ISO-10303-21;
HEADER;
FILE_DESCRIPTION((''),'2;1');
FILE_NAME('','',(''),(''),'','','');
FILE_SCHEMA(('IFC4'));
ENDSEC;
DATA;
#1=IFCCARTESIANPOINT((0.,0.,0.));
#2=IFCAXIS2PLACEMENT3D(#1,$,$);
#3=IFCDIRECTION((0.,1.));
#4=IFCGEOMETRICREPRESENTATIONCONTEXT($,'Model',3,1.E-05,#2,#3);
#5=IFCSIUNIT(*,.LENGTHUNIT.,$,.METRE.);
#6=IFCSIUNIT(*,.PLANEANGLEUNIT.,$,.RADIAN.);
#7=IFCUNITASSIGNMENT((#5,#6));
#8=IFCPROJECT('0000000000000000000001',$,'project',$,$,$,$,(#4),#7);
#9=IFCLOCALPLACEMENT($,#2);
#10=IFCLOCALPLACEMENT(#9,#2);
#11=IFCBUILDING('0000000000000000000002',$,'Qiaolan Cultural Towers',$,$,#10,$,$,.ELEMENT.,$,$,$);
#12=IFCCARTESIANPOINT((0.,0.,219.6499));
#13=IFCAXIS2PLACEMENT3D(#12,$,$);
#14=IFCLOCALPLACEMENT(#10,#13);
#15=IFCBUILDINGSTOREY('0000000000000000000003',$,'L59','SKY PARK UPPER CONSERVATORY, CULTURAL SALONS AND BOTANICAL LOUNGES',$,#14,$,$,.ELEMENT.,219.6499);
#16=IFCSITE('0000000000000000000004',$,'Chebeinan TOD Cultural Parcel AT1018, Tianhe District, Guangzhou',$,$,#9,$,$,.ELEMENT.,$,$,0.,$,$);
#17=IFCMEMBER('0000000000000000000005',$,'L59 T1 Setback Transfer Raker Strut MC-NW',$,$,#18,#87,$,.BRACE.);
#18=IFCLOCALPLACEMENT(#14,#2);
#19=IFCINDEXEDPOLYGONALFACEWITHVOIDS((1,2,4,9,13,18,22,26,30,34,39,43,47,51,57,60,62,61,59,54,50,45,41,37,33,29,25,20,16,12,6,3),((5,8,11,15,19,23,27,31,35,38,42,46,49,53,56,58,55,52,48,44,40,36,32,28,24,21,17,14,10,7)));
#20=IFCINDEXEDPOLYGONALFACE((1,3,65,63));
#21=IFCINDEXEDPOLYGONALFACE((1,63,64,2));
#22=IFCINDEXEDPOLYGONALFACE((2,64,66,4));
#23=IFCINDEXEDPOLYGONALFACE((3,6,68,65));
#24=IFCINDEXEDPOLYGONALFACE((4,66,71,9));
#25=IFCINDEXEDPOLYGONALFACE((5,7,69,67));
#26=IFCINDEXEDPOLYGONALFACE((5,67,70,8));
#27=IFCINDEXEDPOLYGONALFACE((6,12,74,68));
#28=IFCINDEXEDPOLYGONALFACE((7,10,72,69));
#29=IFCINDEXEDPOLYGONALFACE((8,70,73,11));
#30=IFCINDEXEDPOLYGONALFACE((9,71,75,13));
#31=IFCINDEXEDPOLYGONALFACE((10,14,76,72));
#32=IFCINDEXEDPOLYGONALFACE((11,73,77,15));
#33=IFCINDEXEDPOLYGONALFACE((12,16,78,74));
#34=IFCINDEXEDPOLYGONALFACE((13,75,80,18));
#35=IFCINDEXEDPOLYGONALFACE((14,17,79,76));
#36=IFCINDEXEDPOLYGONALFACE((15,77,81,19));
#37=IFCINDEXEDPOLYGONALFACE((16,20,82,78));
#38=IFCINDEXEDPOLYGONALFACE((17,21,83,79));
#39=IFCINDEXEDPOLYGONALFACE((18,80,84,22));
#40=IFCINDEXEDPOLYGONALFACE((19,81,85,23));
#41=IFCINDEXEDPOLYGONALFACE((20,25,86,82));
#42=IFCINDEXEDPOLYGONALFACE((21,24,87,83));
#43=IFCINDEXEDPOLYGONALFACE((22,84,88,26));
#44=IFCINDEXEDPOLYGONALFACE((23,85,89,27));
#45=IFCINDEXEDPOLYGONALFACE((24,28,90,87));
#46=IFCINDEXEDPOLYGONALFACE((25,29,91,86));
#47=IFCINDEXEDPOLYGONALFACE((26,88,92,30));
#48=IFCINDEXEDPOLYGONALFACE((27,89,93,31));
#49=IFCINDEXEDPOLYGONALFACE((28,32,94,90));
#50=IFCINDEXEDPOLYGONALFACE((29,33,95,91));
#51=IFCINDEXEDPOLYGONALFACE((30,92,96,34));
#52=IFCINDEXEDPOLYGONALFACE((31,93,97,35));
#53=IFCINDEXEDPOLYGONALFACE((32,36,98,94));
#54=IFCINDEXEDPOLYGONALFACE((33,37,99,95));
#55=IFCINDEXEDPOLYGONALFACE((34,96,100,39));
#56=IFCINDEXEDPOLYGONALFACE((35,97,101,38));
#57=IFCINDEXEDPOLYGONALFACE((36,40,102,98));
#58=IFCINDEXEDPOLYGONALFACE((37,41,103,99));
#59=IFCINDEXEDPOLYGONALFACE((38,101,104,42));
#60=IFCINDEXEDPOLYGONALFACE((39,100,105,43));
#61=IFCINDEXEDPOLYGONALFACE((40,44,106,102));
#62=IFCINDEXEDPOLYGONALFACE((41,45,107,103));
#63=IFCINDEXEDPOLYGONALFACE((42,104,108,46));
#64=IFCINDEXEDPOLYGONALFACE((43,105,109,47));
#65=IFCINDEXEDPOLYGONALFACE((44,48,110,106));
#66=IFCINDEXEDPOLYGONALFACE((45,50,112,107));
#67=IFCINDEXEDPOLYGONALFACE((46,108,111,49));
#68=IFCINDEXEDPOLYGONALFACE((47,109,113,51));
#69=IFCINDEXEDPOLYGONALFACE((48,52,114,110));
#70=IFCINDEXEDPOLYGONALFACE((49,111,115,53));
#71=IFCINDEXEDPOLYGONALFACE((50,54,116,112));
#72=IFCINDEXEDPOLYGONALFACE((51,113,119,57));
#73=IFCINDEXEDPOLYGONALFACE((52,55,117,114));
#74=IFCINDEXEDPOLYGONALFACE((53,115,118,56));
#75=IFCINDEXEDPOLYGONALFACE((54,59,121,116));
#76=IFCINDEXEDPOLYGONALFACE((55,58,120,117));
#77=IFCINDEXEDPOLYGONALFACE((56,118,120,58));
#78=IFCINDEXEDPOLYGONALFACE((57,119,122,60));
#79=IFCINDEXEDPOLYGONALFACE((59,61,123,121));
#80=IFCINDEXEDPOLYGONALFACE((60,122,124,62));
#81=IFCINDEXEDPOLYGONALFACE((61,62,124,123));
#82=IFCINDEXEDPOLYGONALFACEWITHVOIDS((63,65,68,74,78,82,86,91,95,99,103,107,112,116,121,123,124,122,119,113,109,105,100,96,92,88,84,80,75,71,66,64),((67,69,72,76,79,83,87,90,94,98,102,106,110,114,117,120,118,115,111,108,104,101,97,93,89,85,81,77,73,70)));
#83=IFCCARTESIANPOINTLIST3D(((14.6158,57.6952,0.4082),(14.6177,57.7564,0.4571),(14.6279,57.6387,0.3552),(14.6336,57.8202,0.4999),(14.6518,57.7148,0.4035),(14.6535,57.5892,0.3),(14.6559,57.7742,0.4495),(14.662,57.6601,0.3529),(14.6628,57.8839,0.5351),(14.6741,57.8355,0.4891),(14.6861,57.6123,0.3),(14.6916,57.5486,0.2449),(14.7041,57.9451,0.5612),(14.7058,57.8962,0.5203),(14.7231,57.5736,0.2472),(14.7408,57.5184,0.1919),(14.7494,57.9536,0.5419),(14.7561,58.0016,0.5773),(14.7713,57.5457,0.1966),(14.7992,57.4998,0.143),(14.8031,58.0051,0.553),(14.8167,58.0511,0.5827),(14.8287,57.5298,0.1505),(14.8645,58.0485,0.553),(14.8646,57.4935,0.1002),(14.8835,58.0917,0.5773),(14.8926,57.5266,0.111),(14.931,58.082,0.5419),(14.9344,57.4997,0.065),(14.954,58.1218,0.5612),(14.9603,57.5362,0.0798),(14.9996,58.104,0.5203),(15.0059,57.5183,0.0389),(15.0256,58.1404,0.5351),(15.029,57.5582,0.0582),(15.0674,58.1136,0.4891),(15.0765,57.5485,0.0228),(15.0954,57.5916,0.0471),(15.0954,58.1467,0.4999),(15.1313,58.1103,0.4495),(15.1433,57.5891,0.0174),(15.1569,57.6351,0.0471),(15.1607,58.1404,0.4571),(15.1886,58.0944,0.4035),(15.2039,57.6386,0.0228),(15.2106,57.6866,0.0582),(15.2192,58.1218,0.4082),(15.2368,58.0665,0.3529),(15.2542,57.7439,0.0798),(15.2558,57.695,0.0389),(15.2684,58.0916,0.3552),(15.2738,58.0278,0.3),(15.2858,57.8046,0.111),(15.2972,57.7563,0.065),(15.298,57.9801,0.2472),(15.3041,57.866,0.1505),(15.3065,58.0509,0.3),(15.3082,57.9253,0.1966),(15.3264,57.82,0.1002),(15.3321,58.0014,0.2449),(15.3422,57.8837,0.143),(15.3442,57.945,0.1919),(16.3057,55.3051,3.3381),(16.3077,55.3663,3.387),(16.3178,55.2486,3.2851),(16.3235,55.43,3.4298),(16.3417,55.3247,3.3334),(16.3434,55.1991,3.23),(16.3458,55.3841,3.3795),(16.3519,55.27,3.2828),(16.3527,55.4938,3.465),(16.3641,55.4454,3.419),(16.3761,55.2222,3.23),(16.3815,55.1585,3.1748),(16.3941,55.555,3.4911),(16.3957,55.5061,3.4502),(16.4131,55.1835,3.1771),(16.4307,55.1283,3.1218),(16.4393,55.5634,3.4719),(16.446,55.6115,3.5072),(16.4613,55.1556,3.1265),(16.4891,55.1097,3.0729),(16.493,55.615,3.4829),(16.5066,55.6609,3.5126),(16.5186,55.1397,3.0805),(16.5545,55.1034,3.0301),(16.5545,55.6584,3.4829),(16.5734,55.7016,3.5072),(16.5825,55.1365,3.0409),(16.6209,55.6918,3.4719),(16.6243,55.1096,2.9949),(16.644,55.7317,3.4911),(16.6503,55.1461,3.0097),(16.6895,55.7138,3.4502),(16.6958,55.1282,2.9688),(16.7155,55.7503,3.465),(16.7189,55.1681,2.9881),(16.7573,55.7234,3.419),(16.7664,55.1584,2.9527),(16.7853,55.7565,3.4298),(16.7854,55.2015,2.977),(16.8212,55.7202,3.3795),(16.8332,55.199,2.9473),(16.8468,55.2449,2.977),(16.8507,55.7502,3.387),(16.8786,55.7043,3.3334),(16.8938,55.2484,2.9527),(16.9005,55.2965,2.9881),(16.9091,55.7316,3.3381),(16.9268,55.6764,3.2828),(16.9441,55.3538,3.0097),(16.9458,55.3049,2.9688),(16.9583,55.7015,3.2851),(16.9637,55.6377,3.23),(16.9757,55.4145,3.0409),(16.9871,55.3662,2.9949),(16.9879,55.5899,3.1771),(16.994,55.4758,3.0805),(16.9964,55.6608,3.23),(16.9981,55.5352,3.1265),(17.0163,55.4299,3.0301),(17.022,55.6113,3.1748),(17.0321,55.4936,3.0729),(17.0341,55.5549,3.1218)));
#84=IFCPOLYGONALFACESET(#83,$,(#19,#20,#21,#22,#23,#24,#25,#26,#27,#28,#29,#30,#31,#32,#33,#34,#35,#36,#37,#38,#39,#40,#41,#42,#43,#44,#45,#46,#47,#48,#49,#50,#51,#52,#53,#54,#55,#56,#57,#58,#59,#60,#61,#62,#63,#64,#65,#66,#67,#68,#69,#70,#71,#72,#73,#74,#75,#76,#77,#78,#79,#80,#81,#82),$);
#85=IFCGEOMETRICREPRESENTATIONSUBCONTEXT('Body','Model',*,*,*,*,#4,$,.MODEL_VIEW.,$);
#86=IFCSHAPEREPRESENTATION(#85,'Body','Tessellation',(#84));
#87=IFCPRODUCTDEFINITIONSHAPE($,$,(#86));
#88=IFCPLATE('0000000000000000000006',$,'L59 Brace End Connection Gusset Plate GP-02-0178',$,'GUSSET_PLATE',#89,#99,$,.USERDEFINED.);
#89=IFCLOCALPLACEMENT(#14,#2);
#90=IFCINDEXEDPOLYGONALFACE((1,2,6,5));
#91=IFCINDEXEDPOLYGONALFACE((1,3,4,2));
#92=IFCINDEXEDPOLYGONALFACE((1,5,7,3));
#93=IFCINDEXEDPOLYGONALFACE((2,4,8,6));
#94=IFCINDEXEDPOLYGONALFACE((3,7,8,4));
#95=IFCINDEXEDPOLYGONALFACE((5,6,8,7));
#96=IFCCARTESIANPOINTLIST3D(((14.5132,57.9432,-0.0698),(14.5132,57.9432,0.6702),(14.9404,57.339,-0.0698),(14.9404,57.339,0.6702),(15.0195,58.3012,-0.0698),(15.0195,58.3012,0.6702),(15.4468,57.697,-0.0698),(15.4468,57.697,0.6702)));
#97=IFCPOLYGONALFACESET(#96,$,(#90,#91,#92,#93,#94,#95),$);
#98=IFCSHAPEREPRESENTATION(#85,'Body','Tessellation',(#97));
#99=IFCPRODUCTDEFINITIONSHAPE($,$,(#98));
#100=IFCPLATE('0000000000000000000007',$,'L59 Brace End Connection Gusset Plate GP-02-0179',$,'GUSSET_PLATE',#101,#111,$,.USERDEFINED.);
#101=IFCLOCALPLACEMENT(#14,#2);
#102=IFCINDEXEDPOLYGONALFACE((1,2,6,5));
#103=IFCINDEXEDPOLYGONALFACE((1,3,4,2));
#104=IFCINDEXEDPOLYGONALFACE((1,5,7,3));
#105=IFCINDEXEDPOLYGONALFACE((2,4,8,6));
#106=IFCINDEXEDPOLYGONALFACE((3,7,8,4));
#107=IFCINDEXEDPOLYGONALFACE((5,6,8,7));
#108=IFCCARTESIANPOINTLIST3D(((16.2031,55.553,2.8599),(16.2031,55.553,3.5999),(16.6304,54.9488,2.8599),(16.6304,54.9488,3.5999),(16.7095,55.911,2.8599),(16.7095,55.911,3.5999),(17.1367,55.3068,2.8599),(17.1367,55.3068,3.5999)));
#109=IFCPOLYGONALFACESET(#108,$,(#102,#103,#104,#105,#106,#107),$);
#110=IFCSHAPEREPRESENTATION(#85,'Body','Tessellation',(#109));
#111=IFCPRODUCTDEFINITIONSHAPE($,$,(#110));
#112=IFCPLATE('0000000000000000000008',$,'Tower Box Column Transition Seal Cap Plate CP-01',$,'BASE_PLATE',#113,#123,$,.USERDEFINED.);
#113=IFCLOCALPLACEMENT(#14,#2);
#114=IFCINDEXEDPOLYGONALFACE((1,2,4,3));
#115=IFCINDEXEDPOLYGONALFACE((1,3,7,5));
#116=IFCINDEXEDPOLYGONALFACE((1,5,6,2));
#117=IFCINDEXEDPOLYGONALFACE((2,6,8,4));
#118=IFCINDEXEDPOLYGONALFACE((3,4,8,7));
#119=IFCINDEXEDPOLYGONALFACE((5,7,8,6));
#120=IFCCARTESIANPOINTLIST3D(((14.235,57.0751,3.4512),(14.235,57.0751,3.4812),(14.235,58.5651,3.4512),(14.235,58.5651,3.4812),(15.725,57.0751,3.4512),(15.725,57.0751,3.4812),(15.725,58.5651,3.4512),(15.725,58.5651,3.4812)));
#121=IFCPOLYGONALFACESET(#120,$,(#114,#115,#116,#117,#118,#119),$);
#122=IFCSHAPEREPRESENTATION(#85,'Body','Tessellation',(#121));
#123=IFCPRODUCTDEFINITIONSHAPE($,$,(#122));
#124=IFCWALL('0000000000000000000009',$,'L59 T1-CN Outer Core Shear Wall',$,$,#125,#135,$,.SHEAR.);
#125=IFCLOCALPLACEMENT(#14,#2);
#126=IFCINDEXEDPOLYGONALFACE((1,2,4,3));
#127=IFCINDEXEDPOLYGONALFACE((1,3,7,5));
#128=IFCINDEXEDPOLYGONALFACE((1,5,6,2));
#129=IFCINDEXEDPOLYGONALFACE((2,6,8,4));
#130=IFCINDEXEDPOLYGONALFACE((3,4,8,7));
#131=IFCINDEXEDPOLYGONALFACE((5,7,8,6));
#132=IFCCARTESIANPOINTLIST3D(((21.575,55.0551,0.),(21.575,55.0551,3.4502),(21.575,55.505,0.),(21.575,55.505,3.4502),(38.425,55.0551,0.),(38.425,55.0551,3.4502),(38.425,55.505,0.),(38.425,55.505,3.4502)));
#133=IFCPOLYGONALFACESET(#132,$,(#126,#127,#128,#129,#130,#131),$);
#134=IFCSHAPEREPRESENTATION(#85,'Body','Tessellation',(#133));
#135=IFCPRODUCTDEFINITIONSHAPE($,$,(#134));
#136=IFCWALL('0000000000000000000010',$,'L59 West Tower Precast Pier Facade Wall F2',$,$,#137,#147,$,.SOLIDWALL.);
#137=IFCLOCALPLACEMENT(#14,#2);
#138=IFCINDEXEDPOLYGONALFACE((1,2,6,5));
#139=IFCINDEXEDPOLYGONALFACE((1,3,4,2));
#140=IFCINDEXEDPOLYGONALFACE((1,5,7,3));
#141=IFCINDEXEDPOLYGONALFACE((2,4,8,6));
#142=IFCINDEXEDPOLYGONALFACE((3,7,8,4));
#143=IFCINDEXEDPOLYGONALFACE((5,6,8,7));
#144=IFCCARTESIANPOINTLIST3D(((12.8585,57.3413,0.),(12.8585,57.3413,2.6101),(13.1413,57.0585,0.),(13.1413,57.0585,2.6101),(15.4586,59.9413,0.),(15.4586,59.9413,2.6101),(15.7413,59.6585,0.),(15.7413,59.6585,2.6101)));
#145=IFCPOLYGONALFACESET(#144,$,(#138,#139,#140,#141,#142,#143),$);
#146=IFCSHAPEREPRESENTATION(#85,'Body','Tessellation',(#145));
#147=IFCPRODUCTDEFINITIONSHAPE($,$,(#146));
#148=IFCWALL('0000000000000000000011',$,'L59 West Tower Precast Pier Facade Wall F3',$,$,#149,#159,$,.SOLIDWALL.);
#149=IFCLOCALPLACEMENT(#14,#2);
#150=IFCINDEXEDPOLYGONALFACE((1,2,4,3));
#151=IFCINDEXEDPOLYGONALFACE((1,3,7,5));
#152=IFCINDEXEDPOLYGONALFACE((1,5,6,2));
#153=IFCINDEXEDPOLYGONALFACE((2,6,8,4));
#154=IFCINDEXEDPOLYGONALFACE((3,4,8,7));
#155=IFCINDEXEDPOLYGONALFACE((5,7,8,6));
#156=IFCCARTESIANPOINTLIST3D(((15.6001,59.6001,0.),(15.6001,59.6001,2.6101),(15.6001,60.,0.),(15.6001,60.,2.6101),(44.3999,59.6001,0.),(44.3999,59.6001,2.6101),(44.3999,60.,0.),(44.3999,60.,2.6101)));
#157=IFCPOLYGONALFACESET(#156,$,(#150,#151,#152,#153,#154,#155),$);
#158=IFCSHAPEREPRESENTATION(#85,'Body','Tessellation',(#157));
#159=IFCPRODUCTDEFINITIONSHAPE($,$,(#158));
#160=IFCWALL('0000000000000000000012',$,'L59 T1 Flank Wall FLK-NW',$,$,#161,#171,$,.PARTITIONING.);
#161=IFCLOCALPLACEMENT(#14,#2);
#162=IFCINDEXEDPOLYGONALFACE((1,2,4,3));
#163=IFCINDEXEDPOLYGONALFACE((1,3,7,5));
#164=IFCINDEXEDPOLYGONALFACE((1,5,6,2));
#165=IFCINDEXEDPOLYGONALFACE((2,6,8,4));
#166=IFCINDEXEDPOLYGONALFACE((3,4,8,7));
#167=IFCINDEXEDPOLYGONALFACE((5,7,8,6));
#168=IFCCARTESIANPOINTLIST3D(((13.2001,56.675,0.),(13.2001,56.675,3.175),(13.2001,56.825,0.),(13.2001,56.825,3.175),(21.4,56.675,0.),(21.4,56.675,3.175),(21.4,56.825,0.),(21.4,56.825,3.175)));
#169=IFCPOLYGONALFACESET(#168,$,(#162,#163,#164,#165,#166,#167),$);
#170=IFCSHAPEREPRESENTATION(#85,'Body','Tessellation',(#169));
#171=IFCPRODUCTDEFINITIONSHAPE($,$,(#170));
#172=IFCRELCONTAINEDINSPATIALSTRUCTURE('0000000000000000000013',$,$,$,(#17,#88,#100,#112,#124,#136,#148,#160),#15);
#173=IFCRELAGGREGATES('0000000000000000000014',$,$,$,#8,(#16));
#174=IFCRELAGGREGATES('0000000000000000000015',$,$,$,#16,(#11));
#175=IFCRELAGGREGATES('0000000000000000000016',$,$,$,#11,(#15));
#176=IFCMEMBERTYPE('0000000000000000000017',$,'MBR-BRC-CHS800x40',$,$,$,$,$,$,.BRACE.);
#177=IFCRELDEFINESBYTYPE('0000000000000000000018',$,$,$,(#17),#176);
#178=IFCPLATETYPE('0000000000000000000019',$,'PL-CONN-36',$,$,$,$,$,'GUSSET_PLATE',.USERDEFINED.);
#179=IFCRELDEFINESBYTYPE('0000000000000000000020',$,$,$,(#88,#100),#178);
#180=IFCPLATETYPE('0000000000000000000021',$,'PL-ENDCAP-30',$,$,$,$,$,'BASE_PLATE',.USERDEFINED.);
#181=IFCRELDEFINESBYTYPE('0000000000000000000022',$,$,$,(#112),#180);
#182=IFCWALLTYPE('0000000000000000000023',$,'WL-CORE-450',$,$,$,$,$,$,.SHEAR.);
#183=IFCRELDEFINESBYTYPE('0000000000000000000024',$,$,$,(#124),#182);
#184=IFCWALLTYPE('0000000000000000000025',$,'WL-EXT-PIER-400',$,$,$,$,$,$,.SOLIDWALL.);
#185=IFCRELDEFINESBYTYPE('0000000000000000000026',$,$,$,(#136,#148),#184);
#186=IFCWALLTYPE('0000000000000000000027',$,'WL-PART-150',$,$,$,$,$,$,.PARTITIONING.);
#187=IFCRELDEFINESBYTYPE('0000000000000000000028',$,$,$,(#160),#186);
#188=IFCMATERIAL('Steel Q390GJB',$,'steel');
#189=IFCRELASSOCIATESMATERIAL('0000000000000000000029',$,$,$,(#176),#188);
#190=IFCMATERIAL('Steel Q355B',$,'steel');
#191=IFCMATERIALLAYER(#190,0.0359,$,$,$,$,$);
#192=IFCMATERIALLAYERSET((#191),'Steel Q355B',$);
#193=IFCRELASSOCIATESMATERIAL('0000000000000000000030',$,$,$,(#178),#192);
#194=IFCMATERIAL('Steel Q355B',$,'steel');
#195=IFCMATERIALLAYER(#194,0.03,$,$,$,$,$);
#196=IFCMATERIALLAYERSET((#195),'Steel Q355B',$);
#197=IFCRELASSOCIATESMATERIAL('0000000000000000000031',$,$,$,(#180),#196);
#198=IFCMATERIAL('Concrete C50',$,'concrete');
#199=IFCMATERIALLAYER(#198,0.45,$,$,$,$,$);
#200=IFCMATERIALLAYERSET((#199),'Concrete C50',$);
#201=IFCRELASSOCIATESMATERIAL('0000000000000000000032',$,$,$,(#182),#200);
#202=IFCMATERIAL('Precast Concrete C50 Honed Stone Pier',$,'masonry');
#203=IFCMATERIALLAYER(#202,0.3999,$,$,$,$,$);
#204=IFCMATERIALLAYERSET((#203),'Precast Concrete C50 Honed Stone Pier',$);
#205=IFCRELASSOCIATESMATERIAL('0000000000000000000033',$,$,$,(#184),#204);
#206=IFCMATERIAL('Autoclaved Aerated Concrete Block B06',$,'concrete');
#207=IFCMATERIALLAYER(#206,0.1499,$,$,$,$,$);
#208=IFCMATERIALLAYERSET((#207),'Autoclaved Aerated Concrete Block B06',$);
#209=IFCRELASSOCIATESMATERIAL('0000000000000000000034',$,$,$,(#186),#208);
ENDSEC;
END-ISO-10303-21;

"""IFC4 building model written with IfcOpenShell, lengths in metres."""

from ifc_helpers import new_model, si_unit, direction, frame, frame_2d, origin, origin_2d, place, context, subcontext, project, spatial, rectangle, hollow_circle, extrude, material, layer, layer_set, material_profile, profile_set, type_object, element, save


model = new_model("IFC4")

# Units and contexts
model_context = context("Model", 3, precision=1e-05, world=origin(), true_north=direction((0.0, 1.0)))
body_context = subcontext(model_context, "Body", "Model", "MODEL_VIEW")
ifc_project = project(units=[si_unit("LENGTHUNIT", "METRE"), si_unit("PLANEANGLEUNIT", "RADIAN")], contexts=[model_context])

# Site, building, storey
site_placement = place(None, origin())
site = spatial("IfcSite", under=ifc_project, at=site_placement, Name="Chebeinan TOD Cultural Parcel AT1018, Tianhe District, Guangzhou", CompositionType="ELEMENT", RefElevation=0.0)
building_placement = place(site_placement, origin())
building = spatial("IfcBuilding", under=site, at=building_placement, Name="Qiaolan Cultural Towers", CompositionType="ELEMENT")
storey_placement = place(building_placement, frame((0.0, 0.0, 219.6499)))
storey = spatial("IfcBuildingStorey", under=building, at=storey_placement, Name="L59", Description="SKY PARK UPPER CONSERVATORY, CULTURAL SALONS AND BOTANICAL LOUNGES", CompositionType="ELEMENT", Elevation=219.6499)

# Member
ifc_material_1 = material(Name="Steel Q390GJB", Category="steel")
ifc_material_profile_1 = material_profile(ifc_material_1, hollow_circle(Radius=0.3999, WallThickness=0.04, at=origin_2d()), Name="CHS800x40")
ifc_profile_set_1 = profile_set([ifc_material_profile_1], Name="Steel Q390GJB")
member_type = type_object("IfcMemberType", Name="MBR-BRC-CHS800x40", PredefinedType="BRACE", material=ifc_profile_set_1)
member_placement = place(storey_placement, frame((14.98, 57.8201, 0.3), z_axis=(0.408037, -0.5771, 0.707433), x_axis=(0.816519, 0.577318, 0.0)))
element("IfcMember", 1, at=member_placement, inside=storey, type_object=member_type, Name="L59 T1 Setback Transfer Raker Strut MC-NW", PredefinedType="BRACE", context=body_context, shape_type="SweptSolid", body=[
    extrude(hollow_circle(Radius=0.3999, WallThickness=0.04, at=origin_2d()), origin(), (0.0, 0.0, 1.0), 4.1416),
])

# Plates
ifc_material_2 = material(Name="Steel Q355B", Category="steel")
ifc_layer_1 = layer(ifc_material_2, 0.0359)
ifc_layer_set_1 = layer_set([ifc_layer_1], Name="Steel Q355B")
plate_type_1 = type_object("IfcPlateType", Name="PL-CONN-36", ElementType="GUSSET_PLATE", PredefinedType="USERDEFINED", material=ifc_layer_set_1)
for number, where, z_axis, x_axis, name in (
    (2, (14.98, 57.8201, -0.0698), (0.0, 0.0, 1.0), (-0.577354, 0.816494, 0.0), "L59 Brace End Connection Gusset Plate GP-02-0178"),
    (3, (16.6699, 55.4299, 2.8599), (0.0, 0.0, 1.0), (-0.577354, 0.816494, 0.0), "L59 Brace End Connection Gusset Plate GP-02-0179"),
):
    element("IfcPlate", number, at=place(storey_placement, frame(where, z_axis=z_axis, x_axis=x_axis)), inside=storey, type_object=plate_type_1, Name=name, ObjectType="GUSSET_PLATE", PredefinedType="USERDEFINED", context=body_context, shape_type="SweptSolid", body=[
        extrude(rectangle(XDim=0.74, YDim=0.6201, at=origin_2d()), origin(), (0.0, 0.0, 1.0), 0.74),
    ])
ifc_material_3 = material(Name="Steel Q355B", Category="steel")
ifc_layer_2 = layer(ifc_material_3, 0.03)
ifc_layer_set_2 = layer_set([ifc_layer_2], Name="Steel Q355B")
plate_type_2 = type_object("IfcPlateType", Name="PL-ENDCAP-30", ElementType="BASE_PLATE", PredefinedType="USERDEFINED", material=ifc_layer_set_2)
plate_placement = place(storey_placement, frame((14.98, 57.8201, 3.4512), z_axis=(0.0, 0.0, 1.0), x_axis=(1.0, 0.0, 0.0)))
element("IfcPlate", 4, at=plate_placement, inside=storey, type_object=plate_type_2, Name="Tower Box Column Transition Seal Cap Plate CP-01", ObjectType="BASE_PLATE", PredefinedType="USERDEFINED", context=body_context, shape_type="SweptSolid", body=[
    extrude(rectangle(XDim=1.49, YDim=1.49, at=origin_2d()), origin(), (0.0, 0.0, 1.0), 0.03),
])

# Walls
ifc_material_4 = material(Name="Concrete C50", Category="concrete")
ifc_layer_3 = layer(ifc_material_4, 0.45)
ifc_layer_set_3 = layer_set([ifc_layer_3], Name="Concrete C50")
wall_type_1 = type_object("IfcWallType", Name="WL-CORE-450", PredefinedType="SHEAR", material=ifc_layer_set_3)
wall_1_placement = place(storey_placement, frame((21.575, 55.28, 0.0), z_axis=(0.0, 0.0, 1.0), x_axis=(1.0, 0.0, 0.0)))
element("IfcWall", 5, at=wall_1_placement, inside=storey, type_object=wall_type_1, Name="L59 T1-CN Outer Core Shear Wall", PredefinedType="SHEAR", context=body_context, shape_type="SweptSolid", body=[
    extrude(rectangle(XDim=16.8501, YDim=0.45, at=frame_2d((8.425, 0.0))), origin(), (0.0, 0.0, 1.0), 3.4502),
])
ifc_material_5 = material(Name="Precast Concrete C50 Honed Stone Pier", Category="masonry")
ifc_layer_4 = layer(ifc_material_5, 0.3999)
ifc_layer_set_4 = layer_set([ifc_layer_4], Name="Precast Concrete C50 Honed Stone Pier")
wall_type_2 = type_object("IfcWallType", Name="WL-EXT-PIER-400", PredefinedType="SOLIDWALL", material=ifc_layer_set_4)
wall_2_placement = place(storey_placement, frame((13.0, 57.2, 0.0), z_axis=(0.0, 0.0, 1.0), x_axis=(0.707107, 0.707107, 0.0)))
element("IfcWall", 6, at=wall_2_placement, inside=storey, type_object=wall_type_2, Name="L59 West Tower Precast Pier Facade Wall F2", PredefinedType="SOLIDWALL", context=body_context, shape_type="SweptSolid", body=[
    extrude(rectangle(XDim=3.677, YDim=0.3999, at=frame_2d((1.8384, 0.0))), origin(), (0.0, 0.0, 1.0), 2.6101),
])
wall_3_placement = place(storey_placement, frame((15.6001, 59.8, 0.0), z_axis=(0.0, 0.0, 1.0), x_axis=(1.0, 0.0, 0.0)))
element("IfcWall", 7, at=wall_3_placement, inside=storey, type_object=wall_type_2, Name="L59 West Tower Precast Pier Facade Wall F3", PredefinedType="SOLIDWALL", context=body_context, shape_type="SweptSolid", body=[
    extrude(rectangle(XDim=28.7998, YDim=0.3999, at=frame_2d((14.3999, 0.0))), origin(), (0.0, 0.0, 1.0), 2.6101),
])
ifc_material_6 = material(Name="Autoclaved Aerated Concrete Block B06", Category="concrete")
ifc_layer_5 = layer(ifc_material_6, 0.1499)
ifc_layer_set_5 = layer_set([ifc_layer_5], Name="Autoclaved Aerated Concrete Block B06")
wall_type_3 = type_object("IfcWallType", Name="WL-PART-150", PredefinedType="PARTITIONING", material=ifc_layer_set_5)
wall_4_placement = place(storey_placement, frame((13.2, 56.75, 0.0), z_axis=(0.0, 0.0, 1.0), x_axis=(1.0, 0.0, 0.0)))
element("IfcWall", 8, at=wall_4_placement, inside=storey, type_object=wall_type_3, Name="L59 T1 Flank Wall FLK-NW", PredefinedType="PARTITIONING", context=body_context, shape_type="SweptSolid", body=[
    extrude(rectangle(XDim=8.2, YDim=0.1499, at=frame_2d((4.1001, 0.0))), origin(), (0.0, 0.0, 1.0), 3.175),
])

save(model, "model.ifc")
